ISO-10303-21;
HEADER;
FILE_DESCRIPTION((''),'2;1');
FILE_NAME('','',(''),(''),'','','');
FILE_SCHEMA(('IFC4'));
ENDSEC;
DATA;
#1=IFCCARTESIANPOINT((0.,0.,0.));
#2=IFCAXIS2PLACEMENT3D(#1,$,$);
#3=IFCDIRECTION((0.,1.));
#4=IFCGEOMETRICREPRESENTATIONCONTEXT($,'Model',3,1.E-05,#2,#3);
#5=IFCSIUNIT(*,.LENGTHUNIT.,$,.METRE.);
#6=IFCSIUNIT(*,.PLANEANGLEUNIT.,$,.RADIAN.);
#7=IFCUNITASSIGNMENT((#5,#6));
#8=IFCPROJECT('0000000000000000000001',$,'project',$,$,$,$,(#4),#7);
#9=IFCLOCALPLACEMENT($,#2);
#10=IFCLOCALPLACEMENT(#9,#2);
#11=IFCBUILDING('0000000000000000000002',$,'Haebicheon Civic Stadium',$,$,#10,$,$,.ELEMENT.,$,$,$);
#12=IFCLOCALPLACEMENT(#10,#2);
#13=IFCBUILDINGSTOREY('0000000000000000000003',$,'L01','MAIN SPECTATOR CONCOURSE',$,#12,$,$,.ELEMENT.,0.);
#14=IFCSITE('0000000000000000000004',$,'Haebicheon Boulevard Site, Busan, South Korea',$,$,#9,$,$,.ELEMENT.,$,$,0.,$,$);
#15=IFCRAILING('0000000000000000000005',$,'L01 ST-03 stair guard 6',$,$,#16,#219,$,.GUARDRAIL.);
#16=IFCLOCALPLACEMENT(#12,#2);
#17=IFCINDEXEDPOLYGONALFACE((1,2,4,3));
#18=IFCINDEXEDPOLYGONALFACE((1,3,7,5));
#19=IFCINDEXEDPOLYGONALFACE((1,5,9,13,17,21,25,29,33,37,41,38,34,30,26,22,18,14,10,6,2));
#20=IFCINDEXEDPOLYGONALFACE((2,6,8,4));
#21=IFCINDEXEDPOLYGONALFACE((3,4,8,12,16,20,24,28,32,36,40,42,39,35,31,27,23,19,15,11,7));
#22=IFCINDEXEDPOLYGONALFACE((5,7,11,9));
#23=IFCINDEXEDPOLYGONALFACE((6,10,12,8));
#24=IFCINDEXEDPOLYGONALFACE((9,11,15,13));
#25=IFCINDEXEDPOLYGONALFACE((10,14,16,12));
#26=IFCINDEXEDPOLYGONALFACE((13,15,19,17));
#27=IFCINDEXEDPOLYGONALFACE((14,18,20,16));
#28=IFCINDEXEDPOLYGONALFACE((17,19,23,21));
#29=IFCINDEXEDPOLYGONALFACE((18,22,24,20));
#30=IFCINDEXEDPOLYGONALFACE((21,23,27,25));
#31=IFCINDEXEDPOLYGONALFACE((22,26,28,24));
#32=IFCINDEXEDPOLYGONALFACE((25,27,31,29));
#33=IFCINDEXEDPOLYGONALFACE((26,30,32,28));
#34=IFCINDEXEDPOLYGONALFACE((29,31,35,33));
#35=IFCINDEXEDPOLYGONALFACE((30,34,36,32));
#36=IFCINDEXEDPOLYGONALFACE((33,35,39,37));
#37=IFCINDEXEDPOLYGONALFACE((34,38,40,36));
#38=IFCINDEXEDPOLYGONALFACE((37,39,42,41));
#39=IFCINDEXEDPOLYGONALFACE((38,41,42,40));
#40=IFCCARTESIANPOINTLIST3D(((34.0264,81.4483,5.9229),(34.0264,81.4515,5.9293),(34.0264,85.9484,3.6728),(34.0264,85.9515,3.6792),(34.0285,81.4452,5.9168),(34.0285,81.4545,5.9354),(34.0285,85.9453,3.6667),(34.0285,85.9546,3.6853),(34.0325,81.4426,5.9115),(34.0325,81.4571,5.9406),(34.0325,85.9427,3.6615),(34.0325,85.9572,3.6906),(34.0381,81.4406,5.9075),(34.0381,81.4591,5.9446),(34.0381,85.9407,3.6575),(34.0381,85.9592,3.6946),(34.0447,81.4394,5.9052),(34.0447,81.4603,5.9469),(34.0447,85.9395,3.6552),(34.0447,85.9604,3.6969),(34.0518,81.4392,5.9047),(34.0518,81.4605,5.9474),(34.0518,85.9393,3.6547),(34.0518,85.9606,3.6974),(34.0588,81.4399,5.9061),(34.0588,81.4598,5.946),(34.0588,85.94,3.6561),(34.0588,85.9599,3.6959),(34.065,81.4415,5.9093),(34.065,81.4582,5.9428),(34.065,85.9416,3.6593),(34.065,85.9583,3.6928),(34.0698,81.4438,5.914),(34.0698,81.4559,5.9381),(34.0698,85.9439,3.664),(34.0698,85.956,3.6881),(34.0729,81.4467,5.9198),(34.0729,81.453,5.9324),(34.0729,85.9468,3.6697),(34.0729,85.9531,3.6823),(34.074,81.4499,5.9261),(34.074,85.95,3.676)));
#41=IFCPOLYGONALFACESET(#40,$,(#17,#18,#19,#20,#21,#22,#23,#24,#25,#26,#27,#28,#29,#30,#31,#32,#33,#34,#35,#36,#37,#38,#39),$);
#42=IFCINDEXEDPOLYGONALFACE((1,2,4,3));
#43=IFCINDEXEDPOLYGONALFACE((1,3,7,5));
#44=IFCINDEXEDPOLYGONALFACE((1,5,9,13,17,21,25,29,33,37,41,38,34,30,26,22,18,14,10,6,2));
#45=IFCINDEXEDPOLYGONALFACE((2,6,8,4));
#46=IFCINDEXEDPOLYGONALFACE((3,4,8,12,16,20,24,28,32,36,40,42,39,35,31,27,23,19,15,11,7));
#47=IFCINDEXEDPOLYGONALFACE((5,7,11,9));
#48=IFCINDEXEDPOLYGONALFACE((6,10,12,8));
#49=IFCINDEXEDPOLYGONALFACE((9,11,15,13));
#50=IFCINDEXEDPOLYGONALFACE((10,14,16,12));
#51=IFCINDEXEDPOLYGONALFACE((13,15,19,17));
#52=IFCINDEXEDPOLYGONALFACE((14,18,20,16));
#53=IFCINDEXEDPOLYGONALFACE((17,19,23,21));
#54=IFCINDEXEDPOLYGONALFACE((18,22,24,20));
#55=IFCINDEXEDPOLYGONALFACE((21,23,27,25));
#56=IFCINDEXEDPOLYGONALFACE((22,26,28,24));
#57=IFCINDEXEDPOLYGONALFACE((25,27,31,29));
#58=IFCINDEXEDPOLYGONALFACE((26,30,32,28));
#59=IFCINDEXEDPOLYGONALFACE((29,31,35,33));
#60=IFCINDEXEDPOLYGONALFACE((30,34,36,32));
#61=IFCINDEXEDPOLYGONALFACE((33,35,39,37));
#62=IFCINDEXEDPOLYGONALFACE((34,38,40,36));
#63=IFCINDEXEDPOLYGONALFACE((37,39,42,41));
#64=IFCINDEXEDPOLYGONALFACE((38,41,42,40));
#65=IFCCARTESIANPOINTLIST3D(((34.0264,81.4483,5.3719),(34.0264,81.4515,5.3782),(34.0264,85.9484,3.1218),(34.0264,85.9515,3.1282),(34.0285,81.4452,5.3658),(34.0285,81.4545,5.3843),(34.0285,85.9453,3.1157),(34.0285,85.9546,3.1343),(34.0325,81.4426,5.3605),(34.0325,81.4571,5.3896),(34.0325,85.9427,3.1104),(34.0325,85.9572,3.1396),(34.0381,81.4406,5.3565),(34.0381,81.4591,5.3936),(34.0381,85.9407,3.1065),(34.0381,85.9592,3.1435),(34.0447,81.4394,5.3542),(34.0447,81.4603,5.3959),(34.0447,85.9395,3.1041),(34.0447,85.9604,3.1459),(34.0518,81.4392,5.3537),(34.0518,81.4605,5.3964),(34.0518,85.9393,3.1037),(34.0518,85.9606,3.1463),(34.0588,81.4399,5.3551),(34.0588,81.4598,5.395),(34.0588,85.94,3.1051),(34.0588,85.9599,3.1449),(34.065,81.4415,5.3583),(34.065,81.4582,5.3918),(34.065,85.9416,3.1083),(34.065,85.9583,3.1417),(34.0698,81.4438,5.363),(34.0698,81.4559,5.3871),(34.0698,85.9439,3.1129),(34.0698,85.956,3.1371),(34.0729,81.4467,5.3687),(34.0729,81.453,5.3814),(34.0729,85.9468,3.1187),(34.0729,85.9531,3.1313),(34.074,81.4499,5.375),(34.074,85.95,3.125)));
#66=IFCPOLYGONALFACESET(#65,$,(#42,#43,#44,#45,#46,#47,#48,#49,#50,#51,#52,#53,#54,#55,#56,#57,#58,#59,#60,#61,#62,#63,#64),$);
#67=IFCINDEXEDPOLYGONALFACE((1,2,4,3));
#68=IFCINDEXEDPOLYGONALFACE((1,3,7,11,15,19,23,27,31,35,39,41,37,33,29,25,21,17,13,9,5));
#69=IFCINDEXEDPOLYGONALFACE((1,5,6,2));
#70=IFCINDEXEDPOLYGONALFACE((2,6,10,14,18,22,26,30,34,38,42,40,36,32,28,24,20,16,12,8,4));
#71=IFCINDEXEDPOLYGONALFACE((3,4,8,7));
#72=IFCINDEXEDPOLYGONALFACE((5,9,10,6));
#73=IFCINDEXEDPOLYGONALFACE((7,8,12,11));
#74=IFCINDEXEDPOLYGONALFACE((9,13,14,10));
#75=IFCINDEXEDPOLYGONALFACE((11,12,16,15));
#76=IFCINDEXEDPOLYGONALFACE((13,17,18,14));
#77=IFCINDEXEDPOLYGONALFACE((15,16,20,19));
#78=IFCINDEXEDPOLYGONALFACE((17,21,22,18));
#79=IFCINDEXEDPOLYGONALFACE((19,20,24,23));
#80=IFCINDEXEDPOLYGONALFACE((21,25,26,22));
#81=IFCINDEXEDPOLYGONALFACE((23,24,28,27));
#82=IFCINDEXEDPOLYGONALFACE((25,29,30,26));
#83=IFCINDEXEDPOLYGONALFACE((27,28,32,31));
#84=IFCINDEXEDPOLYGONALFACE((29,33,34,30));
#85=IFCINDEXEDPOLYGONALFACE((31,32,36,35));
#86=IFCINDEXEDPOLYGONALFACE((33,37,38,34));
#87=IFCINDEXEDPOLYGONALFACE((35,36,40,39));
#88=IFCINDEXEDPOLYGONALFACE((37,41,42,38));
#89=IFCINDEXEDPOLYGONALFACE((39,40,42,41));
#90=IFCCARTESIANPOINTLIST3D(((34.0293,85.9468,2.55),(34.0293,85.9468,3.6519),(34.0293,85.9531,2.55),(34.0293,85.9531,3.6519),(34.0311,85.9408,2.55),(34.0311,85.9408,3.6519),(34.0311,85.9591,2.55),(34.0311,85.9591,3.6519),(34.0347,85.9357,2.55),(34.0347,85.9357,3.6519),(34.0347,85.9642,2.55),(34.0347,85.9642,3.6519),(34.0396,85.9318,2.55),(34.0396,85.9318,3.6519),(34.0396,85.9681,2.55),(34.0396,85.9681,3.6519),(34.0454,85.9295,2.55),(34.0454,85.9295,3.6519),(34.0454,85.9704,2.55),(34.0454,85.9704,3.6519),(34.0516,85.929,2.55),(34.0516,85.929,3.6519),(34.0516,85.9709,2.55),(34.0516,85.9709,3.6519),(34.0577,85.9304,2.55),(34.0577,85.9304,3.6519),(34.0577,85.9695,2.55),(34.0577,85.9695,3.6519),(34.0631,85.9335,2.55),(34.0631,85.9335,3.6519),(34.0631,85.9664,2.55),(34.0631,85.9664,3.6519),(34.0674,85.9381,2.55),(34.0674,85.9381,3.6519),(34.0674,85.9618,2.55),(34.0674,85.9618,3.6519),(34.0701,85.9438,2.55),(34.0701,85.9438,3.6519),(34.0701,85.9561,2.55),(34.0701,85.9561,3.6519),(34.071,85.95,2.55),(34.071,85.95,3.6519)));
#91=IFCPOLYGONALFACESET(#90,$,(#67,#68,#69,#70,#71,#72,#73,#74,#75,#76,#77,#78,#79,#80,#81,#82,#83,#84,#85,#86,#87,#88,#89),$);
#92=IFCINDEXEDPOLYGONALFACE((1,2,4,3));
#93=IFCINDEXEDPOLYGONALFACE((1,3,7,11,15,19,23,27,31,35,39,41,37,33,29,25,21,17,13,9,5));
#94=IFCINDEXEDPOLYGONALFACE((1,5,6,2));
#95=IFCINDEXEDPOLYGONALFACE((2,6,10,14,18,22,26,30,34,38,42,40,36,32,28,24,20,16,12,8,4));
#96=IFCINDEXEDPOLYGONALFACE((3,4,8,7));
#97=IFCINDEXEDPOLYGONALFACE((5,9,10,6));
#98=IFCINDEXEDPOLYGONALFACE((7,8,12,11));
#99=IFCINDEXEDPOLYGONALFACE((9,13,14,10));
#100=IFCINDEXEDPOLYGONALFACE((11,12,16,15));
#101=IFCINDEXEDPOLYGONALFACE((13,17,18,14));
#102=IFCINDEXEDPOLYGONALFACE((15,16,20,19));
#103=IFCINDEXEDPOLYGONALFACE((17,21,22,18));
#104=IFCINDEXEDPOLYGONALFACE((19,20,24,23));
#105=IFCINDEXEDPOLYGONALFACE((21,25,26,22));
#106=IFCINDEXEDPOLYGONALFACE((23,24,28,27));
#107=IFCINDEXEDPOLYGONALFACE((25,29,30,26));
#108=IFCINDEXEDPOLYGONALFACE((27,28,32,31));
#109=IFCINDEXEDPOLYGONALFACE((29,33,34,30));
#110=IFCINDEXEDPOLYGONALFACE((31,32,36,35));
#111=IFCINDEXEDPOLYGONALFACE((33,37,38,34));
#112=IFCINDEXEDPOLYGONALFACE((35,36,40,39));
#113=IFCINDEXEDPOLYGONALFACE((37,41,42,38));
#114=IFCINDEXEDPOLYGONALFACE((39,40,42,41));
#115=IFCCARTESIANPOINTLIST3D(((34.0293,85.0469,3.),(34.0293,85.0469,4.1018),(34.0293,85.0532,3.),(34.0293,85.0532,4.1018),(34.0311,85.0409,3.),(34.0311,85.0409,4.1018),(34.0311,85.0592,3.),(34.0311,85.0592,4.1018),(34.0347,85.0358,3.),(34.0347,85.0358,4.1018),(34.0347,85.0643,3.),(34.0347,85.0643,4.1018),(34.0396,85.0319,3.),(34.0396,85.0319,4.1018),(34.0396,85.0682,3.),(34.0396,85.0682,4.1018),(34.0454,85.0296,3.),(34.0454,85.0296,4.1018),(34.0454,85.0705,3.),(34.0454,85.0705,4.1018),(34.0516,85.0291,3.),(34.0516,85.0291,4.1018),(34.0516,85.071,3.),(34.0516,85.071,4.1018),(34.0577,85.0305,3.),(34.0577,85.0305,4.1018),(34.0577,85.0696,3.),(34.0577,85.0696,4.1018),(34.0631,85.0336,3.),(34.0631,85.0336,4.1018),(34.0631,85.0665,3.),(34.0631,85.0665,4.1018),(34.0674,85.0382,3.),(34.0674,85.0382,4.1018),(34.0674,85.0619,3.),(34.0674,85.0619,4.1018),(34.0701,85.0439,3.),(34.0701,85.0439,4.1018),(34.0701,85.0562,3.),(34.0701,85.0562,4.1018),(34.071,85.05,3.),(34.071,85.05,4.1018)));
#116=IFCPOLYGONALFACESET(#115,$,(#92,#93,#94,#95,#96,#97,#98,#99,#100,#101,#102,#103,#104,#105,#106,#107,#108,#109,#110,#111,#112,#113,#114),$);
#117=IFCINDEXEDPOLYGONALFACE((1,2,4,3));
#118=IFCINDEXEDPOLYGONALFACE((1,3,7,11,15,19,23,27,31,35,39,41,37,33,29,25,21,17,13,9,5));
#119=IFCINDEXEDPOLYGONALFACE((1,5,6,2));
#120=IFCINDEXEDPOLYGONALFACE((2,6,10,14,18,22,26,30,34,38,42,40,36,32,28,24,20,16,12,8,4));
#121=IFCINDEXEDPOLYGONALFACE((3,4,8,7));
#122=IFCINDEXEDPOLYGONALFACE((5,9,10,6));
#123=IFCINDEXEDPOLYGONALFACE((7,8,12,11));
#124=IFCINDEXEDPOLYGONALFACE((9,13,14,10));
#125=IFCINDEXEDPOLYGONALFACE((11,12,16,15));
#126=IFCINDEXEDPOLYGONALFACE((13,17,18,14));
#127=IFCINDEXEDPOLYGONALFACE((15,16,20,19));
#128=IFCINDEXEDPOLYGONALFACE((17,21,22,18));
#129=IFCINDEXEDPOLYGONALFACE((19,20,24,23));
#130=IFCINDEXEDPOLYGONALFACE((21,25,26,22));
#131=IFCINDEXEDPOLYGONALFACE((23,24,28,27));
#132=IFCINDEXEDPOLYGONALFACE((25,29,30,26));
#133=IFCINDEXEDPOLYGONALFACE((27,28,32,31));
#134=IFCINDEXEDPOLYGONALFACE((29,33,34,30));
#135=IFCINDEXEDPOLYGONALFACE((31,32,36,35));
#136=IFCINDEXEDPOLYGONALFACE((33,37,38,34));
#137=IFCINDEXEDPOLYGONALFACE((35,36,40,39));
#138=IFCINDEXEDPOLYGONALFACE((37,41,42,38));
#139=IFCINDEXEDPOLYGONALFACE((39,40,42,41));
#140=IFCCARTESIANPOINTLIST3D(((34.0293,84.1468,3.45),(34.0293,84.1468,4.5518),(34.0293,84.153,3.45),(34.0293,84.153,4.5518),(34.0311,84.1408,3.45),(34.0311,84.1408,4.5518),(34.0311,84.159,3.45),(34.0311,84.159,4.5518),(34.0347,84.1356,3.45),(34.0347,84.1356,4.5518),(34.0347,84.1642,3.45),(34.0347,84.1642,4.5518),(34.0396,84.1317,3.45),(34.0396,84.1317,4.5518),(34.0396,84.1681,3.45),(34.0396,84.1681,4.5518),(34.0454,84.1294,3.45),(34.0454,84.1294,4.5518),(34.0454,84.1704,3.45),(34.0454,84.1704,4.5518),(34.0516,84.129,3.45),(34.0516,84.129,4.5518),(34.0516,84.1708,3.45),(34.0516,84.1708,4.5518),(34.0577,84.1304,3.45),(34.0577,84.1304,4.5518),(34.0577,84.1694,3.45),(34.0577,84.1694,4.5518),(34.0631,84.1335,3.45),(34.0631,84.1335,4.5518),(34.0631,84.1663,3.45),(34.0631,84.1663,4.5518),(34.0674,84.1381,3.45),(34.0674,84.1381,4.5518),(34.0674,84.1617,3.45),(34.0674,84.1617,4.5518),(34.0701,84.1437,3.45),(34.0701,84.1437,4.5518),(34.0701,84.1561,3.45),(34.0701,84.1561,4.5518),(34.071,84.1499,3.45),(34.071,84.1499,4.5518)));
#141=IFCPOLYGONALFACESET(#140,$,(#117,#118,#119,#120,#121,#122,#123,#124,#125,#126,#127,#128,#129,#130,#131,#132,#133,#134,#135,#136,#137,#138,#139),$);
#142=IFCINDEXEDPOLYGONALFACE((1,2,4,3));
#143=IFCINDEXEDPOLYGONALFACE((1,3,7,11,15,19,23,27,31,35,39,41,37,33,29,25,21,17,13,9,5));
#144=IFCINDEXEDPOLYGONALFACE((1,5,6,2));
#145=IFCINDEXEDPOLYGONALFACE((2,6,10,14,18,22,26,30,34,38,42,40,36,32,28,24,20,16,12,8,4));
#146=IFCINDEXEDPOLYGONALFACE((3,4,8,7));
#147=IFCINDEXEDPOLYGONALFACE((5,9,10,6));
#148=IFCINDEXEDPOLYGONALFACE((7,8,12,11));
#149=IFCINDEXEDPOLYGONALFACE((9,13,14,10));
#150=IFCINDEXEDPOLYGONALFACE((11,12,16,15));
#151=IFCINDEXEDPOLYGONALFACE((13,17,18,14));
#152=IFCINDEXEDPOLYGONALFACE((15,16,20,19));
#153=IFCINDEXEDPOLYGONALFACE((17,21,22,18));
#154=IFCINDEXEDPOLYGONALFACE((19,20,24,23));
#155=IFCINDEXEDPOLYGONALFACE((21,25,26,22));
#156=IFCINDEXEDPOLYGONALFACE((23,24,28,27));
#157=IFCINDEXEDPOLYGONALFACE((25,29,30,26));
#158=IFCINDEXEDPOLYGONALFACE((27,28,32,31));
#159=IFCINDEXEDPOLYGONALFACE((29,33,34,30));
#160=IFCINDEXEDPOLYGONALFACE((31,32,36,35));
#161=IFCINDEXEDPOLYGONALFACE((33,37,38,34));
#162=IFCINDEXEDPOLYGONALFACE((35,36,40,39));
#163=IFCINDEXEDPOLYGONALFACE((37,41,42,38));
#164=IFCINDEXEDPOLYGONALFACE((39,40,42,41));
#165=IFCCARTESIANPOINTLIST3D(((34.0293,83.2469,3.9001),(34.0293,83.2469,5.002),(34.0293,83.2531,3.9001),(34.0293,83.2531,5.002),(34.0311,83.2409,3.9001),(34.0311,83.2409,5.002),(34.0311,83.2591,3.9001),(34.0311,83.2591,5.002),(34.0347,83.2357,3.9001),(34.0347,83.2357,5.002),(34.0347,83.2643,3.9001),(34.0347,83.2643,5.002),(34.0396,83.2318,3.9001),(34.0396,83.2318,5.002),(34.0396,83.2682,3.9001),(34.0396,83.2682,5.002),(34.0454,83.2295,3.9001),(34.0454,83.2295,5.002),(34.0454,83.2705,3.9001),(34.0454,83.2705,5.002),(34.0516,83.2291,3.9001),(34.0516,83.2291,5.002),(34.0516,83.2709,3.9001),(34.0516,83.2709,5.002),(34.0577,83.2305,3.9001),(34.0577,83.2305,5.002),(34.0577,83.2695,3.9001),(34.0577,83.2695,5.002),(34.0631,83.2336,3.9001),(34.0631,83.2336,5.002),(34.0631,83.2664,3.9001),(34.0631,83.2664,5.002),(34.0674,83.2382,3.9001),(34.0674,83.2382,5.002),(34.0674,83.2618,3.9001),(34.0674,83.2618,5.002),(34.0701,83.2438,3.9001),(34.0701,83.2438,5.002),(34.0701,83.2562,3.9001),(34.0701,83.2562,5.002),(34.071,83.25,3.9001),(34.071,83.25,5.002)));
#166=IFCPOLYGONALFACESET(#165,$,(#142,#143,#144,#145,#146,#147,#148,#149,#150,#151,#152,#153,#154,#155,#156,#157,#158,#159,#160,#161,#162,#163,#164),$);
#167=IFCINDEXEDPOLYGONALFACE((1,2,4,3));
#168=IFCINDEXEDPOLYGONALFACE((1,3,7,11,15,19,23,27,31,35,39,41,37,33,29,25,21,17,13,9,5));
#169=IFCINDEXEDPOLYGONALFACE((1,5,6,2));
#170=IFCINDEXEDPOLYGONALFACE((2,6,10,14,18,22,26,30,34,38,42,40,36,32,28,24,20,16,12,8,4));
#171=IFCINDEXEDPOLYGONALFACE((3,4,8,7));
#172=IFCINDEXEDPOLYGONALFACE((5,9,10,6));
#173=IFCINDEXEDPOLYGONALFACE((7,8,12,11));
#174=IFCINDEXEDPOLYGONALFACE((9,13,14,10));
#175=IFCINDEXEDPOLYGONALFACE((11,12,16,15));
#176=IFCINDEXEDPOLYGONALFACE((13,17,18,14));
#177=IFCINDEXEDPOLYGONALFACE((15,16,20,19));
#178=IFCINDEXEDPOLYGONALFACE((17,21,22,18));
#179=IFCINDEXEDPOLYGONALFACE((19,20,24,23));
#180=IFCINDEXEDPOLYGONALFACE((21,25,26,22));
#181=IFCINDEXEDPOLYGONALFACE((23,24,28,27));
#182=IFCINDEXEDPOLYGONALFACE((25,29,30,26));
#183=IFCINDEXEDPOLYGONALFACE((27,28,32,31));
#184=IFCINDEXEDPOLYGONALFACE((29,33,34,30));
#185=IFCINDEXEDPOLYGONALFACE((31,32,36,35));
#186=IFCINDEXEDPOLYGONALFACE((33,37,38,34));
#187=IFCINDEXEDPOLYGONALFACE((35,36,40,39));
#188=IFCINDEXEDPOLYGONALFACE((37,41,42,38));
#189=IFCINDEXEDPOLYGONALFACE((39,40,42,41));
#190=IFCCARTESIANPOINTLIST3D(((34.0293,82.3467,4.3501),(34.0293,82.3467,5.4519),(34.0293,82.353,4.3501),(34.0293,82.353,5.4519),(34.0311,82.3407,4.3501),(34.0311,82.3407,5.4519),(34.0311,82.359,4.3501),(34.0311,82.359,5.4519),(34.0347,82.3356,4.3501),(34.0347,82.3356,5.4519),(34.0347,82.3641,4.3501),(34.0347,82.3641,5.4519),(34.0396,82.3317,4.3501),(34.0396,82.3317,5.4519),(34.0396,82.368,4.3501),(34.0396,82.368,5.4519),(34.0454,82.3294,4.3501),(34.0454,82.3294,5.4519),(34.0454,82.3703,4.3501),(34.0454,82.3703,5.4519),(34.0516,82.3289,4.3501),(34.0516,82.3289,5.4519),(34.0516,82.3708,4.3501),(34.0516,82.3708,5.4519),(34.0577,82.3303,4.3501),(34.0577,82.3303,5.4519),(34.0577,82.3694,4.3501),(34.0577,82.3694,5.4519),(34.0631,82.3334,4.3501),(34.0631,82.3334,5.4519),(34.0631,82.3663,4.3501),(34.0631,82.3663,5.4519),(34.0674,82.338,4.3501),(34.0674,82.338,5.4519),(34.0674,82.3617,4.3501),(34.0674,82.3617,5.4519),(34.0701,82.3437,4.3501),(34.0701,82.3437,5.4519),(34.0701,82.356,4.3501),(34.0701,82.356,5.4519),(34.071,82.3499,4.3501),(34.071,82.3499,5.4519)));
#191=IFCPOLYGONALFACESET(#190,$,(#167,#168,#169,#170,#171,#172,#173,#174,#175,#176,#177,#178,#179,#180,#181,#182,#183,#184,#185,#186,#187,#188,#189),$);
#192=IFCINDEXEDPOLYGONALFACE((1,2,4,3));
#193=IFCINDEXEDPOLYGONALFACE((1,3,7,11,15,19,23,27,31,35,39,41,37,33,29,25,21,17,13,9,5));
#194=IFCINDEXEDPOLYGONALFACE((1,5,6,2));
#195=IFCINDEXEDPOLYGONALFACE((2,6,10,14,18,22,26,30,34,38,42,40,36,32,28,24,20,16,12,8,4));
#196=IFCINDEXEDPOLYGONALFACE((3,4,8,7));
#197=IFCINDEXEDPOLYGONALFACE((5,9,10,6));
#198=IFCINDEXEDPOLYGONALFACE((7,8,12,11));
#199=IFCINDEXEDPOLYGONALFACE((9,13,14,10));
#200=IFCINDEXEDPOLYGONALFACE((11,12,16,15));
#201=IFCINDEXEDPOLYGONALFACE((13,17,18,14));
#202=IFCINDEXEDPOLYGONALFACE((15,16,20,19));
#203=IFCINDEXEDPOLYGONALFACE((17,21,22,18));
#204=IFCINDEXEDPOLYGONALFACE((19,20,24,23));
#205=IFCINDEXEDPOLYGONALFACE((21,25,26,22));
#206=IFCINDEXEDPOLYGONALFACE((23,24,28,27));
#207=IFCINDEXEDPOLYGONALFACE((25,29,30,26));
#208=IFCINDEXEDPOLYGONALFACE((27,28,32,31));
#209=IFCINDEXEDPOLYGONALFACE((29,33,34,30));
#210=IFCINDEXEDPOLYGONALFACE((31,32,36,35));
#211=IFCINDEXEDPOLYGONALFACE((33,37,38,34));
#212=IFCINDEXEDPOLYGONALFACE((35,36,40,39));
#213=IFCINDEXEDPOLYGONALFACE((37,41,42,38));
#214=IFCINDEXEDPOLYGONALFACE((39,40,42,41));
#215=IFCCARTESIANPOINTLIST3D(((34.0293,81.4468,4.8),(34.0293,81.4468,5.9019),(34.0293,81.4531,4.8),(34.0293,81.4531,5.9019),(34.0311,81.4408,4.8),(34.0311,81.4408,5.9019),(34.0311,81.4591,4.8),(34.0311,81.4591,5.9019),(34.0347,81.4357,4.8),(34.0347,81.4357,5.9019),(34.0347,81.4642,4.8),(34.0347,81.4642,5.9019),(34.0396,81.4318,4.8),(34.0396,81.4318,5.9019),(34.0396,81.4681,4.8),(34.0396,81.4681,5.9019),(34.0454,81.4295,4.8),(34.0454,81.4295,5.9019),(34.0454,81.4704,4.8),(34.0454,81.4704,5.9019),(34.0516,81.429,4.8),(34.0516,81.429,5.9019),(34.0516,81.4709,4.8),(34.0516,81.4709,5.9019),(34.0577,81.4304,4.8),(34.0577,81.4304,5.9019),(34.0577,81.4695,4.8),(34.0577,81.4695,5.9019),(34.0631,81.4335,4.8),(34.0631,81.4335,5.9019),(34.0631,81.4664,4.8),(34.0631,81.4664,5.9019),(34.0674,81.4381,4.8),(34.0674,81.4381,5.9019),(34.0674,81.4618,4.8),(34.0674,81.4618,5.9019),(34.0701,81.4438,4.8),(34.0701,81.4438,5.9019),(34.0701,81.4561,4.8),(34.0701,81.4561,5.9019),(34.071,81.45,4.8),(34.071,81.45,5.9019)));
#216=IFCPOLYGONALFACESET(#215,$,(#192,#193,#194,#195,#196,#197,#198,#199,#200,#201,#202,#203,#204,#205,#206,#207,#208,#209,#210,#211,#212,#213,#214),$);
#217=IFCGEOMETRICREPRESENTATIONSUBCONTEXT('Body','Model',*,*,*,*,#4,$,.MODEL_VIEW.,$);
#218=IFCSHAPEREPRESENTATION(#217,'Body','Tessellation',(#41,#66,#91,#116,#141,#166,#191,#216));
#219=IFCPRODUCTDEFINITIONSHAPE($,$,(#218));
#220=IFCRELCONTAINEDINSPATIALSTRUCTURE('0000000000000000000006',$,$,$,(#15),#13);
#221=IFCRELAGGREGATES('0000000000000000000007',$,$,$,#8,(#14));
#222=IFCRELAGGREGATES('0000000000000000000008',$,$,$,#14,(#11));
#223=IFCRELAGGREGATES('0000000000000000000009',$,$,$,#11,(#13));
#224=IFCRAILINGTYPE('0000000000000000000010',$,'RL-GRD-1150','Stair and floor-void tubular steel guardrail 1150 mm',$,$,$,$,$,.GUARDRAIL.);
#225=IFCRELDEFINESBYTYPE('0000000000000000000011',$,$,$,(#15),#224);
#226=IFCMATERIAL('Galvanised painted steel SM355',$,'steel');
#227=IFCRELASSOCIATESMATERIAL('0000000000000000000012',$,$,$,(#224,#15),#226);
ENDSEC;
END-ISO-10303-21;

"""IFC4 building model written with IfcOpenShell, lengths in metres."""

from ifc_helpers import new_model, si_unit, direction, frame, origin, origin_2d, place, context, subcontext, project, spatial, circle, extrude, material, type_object, element, save


model = new_model("IFC4")

# Units and contexts
model_context = context("Model", 3, precision=1e-05, world=origin(), true_north=direction((0.0, 1.0)))
body_context = subcontext(model_context, "Body", "Model", "MODEL_VIEW")
ifc_project = project(units=[si_unit("LENGTHUNIT", "METRE"), si_unit("PLANEANGLEUNIT", "RADIAN")], contexts=[model_context])

# Site, building, storey
site_placement = place(None, origin())
site = spatial("IfcSite", under=ifc_project, at=site_placement, Name="Haebicheon Boulevard Site, Busan, South Korea", CompositionType="ELEMENT", RefElevation=0.0)
building_placement = place(site_placement, origin())
building = spatial("IfcBuilding", under=site, at=building_placement, Name="Haebicheon Civic Stadium", CompositionType="ELEMENT")
storey_placement = place(building_placement, origin())
storey = spatial("IfcBuildingStorey", under=building, at=storey_placement, Name="L01", Description="MAIN SPECTATOR CONCOURSE", CompositionType="ELEMENT", Elevation=0.0)

# Railing
ifc_material_1 = material(Name="Galvanised painted steel SM355", Category="steel")
railing_type_1 = type_object("IfcRailingType", Name="RL-GRD-1150", Description="Stair and floor-void tubular steel guardrail 1150 mm", PredefinedType="GUARDRAIL", material=ifc_material_1)
railing_1_placement = place(storey_placement, frame((34.05, 85.95, 2.55)))
element("IfcRailing", 1, at=railing_1_placement, inside=storey, type_object=railing_type_1, material=ifc_material_1, Name="L01 ST-03 stair guard 6", PredefinedType="GUARDRAIL", context=body_context, shape_type="SweptSolid", body=[
    extrude(circle(Radius=0.0239, at=origin_2d()), frame((0.0, 0.0, 1.126), z_axis=(0.0, -0.894427, 0.447214), x_axis=(1.0, 0.0, 0.0)), (0.0, 0.0, 1.0), 5.0312),
    extrude(circle(Radius=0.0239, at=origin_2d()), frame((0.0, 0.0, 0.575), z_axis=(0.0, -0.894427, 0.447214), x_axis=(1.0, 0.0, 0.0)), (0.0, 0.0, 1.0), 5.0312),
    extrude(circle(Radius=0.021, at=origin_2d()), origin(), (0.0, 0.0, 1.0), 1.1018),
    extrude(circle(Radius=0.021, at=origin_2d()), frame((0.0, -0.8999, 0.45)), (0.0, 0.0, 1.0), 1.1018),
    extrude(circle(Radius=0.021, at=origin_2d()), frame((0.0, -1.8, 0.8999)), (0.0, 0.0, 1.0), 1.1018),
    extrude(circle(Radius=0.021, at=origin_2d()), frame((0.0, -2.7, 1.3501)), (0.0, 0.0, 1.0), 1.1018),
    extrude(circle(Radius=0.021, at=origin_2d()), frame((0.0, -3.6001, 1.8)), (0.0, 0.0, 1.0), 1.1018),
    extrude(circle(Radius=0.021, at=origin_2d()), frame((0.0, -4.5, 2.25)), (0.0, 0.0, 1.0), 1.1018),
])

save(model, "model.ifc")
